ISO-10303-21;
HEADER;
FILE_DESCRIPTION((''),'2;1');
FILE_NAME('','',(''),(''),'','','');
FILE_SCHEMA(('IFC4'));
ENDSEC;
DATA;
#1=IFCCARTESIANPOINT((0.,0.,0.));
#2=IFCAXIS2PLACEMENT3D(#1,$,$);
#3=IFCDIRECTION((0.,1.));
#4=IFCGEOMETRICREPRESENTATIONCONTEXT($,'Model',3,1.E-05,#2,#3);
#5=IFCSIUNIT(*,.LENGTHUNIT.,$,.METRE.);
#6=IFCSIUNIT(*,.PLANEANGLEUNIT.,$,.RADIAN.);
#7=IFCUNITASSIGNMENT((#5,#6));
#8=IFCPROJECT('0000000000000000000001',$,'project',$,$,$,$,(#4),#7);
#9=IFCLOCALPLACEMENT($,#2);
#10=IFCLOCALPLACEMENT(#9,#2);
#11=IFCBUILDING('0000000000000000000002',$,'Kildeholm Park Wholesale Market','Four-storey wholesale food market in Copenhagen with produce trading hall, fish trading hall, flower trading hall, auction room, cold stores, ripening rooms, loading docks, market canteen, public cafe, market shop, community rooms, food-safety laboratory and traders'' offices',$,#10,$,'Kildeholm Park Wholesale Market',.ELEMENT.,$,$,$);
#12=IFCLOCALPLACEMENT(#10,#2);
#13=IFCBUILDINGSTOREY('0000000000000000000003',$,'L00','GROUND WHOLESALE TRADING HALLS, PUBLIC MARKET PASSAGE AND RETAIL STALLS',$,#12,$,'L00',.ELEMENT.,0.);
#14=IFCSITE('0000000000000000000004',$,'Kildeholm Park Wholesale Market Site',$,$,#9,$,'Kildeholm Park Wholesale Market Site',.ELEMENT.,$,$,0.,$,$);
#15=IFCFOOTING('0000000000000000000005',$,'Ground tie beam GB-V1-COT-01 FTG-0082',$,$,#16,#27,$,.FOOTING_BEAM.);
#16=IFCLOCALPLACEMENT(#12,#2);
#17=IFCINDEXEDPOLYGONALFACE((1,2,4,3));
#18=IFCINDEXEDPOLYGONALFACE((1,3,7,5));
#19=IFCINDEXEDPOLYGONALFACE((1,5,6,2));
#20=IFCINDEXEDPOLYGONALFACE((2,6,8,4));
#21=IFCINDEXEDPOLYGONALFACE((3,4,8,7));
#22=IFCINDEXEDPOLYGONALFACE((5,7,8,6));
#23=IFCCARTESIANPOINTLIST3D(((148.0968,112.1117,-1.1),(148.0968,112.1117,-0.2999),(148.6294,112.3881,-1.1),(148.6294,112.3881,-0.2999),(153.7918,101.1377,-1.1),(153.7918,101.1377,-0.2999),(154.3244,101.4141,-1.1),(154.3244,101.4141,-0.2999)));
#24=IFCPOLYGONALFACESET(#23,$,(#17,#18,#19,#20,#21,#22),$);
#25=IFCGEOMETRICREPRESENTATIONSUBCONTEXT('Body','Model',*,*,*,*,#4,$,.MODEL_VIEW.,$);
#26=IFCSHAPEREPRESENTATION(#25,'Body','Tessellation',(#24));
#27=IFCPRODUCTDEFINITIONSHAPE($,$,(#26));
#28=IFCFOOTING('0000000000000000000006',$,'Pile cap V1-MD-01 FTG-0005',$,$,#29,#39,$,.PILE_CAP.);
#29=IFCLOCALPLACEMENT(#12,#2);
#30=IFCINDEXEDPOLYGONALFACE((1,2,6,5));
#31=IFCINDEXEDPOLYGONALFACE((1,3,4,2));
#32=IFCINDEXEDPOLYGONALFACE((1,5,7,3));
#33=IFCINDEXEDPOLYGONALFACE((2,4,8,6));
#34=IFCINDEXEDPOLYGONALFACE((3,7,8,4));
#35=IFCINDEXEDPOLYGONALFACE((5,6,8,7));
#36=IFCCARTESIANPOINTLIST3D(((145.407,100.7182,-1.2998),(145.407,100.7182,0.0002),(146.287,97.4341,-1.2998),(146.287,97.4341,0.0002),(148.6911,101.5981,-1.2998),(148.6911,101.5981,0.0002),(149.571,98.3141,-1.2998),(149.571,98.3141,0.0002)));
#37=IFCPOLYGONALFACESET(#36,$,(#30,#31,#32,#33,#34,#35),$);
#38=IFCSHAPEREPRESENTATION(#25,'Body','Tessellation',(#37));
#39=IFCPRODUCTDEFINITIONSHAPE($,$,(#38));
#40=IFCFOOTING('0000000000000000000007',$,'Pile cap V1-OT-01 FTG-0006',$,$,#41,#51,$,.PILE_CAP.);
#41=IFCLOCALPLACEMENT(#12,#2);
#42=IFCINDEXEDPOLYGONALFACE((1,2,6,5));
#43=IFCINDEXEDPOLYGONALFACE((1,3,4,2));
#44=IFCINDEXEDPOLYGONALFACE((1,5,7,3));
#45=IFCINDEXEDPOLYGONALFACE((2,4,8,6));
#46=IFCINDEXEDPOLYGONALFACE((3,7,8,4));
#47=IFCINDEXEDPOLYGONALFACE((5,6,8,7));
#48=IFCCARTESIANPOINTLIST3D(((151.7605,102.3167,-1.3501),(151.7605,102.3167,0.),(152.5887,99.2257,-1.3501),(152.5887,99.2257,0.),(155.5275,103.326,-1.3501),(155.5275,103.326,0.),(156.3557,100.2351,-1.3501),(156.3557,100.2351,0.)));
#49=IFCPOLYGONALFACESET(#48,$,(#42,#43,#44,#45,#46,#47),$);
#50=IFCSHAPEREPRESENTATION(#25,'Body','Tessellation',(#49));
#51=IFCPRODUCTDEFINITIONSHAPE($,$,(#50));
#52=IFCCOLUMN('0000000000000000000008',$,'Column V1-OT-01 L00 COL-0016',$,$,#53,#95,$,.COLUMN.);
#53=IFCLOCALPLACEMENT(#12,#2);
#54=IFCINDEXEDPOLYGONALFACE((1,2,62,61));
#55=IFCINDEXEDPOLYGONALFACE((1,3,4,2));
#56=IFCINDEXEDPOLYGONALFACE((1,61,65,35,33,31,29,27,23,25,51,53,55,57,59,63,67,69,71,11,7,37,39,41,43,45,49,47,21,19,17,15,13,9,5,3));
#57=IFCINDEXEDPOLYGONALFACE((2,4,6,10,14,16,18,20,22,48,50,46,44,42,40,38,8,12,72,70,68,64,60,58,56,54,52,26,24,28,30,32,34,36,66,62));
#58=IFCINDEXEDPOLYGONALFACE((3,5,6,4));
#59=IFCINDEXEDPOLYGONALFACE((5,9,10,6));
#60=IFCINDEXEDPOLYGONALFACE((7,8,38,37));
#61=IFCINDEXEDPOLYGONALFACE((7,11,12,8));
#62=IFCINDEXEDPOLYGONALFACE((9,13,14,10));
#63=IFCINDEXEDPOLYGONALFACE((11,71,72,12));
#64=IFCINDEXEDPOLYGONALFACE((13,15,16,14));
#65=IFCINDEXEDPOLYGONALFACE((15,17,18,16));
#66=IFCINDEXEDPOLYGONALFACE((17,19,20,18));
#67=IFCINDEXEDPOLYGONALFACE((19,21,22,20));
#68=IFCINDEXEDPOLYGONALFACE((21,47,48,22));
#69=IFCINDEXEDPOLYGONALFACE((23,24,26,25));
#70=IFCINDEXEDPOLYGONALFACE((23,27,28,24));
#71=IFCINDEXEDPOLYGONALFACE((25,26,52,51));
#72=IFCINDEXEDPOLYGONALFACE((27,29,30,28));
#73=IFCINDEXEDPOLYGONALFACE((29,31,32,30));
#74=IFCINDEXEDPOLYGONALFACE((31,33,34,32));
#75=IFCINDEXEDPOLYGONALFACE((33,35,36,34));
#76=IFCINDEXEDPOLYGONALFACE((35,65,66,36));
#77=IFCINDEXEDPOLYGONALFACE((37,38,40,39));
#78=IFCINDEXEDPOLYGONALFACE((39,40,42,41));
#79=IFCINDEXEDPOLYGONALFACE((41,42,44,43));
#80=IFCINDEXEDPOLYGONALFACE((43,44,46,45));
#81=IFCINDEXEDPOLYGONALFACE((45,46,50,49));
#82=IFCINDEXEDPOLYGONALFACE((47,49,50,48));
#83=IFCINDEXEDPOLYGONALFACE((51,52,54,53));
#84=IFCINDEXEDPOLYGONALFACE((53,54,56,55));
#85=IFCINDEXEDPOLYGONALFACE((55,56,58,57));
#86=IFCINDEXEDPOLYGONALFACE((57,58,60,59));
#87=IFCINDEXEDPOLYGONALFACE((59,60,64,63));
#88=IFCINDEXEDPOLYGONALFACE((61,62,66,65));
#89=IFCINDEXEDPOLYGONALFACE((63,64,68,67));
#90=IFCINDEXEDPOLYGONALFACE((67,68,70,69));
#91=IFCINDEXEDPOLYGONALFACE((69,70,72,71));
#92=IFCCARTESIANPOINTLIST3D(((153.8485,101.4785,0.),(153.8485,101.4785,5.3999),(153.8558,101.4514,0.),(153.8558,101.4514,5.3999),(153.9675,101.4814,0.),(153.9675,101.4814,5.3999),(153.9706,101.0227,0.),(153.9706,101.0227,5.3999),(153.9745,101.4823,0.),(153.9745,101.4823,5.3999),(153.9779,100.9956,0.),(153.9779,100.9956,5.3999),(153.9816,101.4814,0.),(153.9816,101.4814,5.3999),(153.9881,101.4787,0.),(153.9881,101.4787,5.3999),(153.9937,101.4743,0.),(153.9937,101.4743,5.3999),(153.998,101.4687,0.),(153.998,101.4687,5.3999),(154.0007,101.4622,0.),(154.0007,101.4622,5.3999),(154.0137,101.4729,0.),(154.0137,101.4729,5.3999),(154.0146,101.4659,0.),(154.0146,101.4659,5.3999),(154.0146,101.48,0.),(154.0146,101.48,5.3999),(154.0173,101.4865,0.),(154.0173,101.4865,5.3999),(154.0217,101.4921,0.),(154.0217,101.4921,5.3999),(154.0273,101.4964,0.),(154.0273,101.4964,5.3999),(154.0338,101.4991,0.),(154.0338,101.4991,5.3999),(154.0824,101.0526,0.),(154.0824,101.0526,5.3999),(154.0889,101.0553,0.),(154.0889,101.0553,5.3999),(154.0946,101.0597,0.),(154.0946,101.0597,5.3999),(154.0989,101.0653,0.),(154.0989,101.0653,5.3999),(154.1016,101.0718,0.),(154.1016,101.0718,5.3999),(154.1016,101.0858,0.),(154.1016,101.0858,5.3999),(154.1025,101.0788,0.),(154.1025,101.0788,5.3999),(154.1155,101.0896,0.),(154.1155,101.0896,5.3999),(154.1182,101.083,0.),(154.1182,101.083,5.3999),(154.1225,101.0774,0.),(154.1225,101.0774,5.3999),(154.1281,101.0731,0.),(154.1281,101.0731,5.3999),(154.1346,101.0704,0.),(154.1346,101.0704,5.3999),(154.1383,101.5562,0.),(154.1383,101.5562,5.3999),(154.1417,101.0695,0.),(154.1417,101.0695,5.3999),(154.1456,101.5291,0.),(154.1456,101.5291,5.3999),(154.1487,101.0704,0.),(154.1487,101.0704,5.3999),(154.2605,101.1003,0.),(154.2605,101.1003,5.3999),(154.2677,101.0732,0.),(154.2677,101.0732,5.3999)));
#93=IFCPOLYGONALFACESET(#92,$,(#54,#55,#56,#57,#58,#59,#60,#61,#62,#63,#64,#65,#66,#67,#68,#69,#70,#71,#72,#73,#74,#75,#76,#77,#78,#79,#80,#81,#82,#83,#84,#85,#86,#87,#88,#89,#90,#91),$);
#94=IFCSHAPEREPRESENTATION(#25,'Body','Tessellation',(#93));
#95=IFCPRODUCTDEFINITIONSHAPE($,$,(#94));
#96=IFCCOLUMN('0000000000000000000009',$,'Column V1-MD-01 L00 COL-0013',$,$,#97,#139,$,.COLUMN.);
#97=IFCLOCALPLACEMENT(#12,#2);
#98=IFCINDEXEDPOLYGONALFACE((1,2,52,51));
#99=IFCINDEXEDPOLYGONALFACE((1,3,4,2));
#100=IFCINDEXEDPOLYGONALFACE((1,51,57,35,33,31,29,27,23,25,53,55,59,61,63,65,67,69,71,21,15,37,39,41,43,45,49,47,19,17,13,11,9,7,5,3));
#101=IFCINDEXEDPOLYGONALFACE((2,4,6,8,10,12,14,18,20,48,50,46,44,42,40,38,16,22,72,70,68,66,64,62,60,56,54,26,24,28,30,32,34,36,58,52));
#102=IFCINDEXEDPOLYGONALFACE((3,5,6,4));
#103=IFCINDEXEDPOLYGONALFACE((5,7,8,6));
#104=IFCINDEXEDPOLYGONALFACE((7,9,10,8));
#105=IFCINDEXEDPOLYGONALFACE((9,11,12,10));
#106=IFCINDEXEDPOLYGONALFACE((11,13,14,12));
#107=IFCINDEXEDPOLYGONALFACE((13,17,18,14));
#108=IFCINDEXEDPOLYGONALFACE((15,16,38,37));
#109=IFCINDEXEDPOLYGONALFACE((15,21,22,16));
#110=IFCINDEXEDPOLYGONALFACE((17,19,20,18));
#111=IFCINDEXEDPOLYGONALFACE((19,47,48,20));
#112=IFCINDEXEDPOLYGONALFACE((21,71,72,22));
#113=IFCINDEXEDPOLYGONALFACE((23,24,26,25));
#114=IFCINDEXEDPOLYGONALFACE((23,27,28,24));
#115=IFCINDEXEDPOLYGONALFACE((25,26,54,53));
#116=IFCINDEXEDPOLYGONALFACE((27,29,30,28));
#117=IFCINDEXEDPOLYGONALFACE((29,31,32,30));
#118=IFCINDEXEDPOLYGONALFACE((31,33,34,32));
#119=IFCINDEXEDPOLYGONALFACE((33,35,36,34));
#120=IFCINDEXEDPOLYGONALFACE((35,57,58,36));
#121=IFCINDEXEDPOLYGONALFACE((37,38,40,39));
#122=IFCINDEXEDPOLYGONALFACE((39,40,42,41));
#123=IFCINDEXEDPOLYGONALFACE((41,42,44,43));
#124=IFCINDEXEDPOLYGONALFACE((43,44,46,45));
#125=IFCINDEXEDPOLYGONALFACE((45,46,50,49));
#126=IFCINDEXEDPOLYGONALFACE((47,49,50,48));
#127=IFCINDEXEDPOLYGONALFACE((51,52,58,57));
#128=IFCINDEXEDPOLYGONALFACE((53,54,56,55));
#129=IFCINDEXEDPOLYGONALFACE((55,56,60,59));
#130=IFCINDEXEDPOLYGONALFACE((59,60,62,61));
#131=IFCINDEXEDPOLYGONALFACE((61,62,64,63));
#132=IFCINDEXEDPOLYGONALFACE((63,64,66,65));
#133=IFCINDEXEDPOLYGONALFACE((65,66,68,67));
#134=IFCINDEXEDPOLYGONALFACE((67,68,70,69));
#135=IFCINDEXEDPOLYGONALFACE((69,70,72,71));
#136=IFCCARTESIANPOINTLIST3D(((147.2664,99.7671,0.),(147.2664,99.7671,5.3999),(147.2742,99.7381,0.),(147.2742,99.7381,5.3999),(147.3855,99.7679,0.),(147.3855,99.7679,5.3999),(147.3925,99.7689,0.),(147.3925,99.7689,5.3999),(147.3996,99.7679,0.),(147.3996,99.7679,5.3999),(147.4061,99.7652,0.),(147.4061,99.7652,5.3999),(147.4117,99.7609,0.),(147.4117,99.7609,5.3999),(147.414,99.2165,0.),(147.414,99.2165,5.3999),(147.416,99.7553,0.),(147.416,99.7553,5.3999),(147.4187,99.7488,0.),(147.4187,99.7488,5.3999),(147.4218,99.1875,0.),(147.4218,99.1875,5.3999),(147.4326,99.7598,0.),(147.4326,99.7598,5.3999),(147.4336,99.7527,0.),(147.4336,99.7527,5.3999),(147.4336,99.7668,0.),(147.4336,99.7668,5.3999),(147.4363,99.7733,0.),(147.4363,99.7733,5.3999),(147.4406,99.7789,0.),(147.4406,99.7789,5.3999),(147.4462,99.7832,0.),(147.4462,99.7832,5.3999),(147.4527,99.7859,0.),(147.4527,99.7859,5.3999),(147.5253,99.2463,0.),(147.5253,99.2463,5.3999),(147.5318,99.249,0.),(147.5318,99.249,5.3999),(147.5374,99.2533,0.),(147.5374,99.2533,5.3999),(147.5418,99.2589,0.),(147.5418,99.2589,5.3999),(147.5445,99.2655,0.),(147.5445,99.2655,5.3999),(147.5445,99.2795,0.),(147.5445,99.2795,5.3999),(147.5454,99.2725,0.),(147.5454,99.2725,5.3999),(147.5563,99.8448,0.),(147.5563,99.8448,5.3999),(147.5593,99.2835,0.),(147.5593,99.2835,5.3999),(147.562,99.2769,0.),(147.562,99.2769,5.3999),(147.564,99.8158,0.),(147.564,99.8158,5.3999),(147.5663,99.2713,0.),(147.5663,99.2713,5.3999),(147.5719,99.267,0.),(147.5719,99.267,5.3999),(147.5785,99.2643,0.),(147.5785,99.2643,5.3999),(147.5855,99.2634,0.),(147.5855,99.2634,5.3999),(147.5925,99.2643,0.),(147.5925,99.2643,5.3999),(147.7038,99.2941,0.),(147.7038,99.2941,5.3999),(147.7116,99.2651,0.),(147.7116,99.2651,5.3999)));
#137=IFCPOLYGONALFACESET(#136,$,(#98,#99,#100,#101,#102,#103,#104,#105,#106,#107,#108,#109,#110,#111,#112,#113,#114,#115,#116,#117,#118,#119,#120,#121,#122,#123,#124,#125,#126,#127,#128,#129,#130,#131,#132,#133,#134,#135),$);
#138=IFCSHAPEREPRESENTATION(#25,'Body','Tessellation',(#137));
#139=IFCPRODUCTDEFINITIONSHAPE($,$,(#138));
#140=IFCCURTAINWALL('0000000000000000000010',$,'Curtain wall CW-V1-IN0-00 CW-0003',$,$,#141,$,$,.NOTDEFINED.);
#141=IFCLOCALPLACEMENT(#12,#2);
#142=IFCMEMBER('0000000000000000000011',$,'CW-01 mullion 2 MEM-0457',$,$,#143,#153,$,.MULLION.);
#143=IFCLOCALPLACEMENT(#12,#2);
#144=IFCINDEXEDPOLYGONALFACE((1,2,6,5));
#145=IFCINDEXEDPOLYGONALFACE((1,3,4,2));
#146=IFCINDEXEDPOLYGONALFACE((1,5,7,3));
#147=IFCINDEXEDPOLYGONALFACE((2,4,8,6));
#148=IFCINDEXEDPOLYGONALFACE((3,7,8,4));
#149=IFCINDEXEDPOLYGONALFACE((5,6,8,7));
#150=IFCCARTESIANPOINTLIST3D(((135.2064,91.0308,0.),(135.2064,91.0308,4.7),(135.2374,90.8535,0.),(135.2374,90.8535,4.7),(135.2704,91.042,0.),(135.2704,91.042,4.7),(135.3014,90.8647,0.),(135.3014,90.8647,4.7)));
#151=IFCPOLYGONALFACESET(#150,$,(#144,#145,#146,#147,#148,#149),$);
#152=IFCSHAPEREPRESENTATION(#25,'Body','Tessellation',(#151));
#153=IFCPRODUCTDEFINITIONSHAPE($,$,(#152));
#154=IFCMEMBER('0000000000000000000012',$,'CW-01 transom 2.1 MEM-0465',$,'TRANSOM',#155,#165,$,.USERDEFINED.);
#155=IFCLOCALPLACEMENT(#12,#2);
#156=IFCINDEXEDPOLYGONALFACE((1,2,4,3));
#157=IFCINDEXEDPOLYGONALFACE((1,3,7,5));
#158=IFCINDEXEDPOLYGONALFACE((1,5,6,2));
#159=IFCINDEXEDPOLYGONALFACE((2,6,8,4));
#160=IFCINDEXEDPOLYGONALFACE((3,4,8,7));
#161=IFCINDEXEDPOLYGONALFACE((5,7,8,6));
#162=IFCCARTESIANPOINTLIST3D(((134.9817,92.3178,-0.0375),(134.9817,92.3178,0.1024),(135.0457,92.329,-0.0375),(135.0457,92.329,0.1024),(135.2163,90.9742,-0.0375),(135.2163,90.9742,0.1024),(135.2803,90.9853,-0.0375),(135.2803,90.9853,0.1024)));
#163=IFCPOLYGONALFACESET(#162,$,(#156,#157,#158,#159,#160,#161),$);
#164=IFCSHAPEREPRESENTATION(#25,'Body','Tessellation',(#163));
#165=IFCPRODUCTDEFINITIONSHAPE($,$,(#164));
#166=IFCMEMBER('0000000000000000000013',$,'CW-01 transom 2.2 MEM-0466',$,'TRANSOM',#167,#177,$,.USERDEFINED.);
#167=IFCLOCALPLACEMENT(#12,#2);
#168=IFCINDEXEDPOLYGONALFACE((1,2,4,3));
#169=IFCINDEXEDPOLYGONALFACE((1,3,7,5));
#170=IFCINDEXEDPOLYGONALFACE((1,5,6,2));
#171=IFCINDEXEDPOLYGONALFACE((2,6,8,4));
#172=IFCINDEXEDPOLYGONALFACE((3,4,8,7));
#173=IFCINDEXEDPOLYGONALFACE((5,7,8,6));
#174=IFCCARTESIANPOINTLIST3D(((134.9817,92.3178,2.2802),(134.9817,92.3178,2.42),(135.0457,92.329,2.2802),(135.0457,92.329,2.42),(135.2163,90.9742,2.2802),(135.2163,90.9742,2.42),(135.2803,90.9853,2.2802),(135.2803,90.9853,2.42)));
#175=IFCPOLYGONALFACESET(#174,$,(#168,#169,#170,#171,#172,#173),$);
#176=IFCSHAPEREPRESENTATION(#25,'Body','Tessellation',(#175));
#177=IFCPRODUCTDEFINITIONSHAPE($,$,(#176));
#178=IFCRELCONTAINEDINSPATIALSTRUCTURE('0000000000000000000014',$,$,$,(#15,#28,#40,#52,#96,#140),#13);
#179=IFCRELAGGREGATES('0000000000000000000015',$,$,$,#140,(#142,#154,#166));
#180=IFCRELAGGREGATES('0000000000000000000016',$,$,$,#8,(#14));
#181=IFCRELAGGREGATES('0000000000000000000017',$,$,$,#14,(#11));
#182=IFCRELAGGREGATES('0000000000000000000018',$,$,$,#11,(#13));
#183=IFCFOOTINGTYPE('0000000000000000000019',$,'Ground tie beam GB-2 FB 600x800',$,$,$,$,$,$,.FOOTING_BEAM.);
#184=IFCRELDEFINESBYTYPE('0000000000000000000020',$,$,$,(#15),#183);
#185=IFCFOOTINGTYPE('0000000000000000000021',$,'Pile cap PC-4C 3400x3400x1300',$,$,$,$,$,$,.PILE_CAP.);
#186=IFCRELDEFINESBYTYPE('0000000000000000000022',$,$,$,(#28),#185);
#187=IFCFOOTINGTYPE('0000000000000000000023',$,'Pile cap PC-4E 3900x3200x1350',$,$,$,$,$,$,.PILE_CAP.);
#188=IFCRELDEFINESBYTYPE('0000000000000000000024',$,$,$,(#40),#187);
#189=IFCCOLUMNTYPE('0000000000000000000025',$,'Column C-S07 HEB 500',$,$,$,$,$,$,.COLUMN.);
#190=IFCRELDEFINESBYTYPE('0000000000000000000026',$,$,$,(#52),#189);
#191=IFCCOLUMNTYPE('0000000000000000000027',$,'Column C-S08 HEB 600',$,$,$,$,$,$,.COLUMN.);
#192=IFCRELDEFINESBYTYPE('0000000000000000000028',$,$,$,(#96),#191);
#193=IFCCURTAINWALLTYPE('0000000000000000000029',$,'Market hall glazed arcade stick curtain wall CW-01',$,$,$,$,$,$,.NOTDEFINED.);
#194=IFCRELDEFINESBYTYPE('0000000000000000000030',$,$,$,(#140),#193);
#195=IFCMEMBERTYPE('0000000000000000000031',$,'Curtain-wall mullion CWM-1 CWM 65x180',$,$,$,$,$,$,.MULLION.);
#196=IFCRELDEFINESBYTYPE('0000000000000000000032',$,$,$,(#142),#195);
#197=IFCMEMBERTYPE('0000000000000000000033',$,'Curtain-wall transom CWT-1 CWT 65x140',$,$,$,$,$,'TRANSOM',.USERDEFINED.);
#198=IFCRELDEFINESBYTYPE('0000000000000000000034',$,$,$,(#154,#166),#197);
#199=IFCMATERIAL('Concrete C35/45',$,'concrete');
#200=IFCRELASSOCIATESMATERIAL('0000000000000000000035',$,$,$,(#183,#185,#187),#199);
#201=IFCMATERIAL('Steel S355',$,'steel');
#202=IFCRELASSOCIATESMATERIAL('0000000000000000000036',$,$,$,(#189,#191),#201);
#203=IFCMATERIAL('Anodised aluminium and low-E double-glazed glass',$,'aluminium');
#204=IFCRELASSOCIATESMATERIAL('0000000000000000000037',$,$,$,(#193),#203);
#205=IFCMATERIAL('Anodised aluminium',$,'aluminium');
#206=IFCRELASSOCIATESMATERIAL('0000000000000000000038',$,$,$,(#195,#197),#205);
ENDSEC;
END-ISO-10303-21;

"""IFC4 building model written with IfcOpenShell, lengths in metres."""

from ifc_helpers import new_model, si_unit, direction, frame, origin, origin_2d, place, context, subcontext, project, spatial, rectangle, i_section, extrude, material, material_profile, profile_set, type_object, element, aggregate, save


model = new_model("IFC4")

# Units and contexts
model_context = context("Model", 3, precision=1e-05, world=origin(), true_north=direction((0.0, 1.0)))
body_context = subcontext(model_context, "Body", "Model", "MODEL_VIEW")
ifc_project = project(units=[si_unit("LENGTHUNIT", "METRE"), si_unit("PLANEANGLEUNIT", "RADIAN")], contexts=[model_context])

# Site, building, storey
site_placement = place(None, origin())
site = spatial("IfcSite", under=ifc_project, at=site_placement, Name="Kildeholm Park Wholesale Market Site", LongName="Kildeholm Park Wholesale Market Site", CompositionType="ELEMENT", RefElevation=0.0)
building_placement = place(site_placement, origin())
building = spatial("IfcBuilding", under=site, at=building_placement, Name="Kildeholm Park Wholesale Market", Description="Four-storey wholesale food market in Copenhagen with produce trading hall, fish trading hall, flower trading hall, auction room, cold stores, ripening rooms, loading docks, market canteen, public cafe, market shop, community rooms, food-safety laboratory and traders' offices", LongName="Kildeholm Park Wholesale Market", CompositionType="ELEMENT")
storey_placement = place(building_placement, origin())
storey = spatial("IfcBuildingStorey", under=building, at=storey_placement, Name="L00", Description="GROUND WHOLESALE TRADING HALLS, PUBLIC MARKET PASSAGE AND RETAIL STALLS", LongName="L00", CompositionType="ELEMENT", Elevation=0.0)

# Shared definitions
ifc_material_1 = material(Name="Concrete C35/45", Category="concrete")

# Footings
ifc_material_profile_1 = material_profile(ifc_material_1, rectangle(XDim=0.6001, YDim=0.8, at=origin_2d()), Name="FB 600x800")
ifc_profile_set_1 = profile_set([ifc_material_profile_1], Name="Concrete C35/45")
footing_type_1 = type_object("IfcFootingType", Name="Ground tie beam GB-2 FB 600x800", PredefinedType="FOOTING_BEAM", material=ifc_profile_set_1)
footing_1_placement = place(storey_placement, frame((154.0581, 101.2759, -0.7), z_axis=(-0.460622, 0.887596, 0.0), x_axis=(-0.887596, -0.460622, 0.0)))
element("IfcFooting", 1, at=footing_1_placement, inside=storey, type_object=footing_type_1, Name="Ground tie beam GB-V1-COT-01 FTG-0082", PredefinedType="FOOTING_BEAM", context=body_context, shape_type="SweptSolid", body=[
    extrude(rectangle(XDim=0.6001, YDim=0.8, at=origin_2d()), origin(), (0.0, 0.0, 1.0), 12.3638),
])
footing_type_2 = type_object("IfcFootingType", Name="Pile cap PC-4C 3400x3400x1300", PredefinedType="PILE_CAP", material=ifc_material_1)
footing_2_placement = place(storey_placement, frame((147.489, 99.5161, -1.2998), z_axis=(0.0, 0.0, 1.0), x_axis=(0.965926, 0.258819, 0.0)))
element("IfcFooting", 2, at=footing_2_placement, inside=storey, type_object=footing_type_2, Name="Pile cap V1-MD-01 FTG-0005", PredefinedType="PILE_CAP", context=body_context, shape_type="SweptSolid", body=[
    extrude(rectangle(XDim=3.3999, YDim=3.3999, at=origin_2d()), origin(), (0.0, 0.0, 1.0), 1.3),
])
footing_type_3 = type_object("IfcFootingType", Name="Pile cap PC-4E 3900x3200x1350", PredefinedType="PILE_CAP", material=ifc_material_1)
footing_3_placement = place(storey_placement, frame((154.0581, 101.2759, -1.3501), z_axis=(0.0, 0.0, 1.0), x_axis=(0.965926, 0.258819, 0.0)))
element("IfcFooting", 3, at=footing_3_placement, inside=storey, type_object=footing_type_3, Name="Pile cap V1-OT-01 FTG-0006", PredefinedType="PILE_CAP", context=body_context, shape_type="SweptSolid", body=[
    extrude(rectangle(XDim=3.8999, YDim=3.2, at=origin_2d()), origin(), (0.0, 0.0, 1.0), 1.3501),
])

# Columns
ifc_material_2 = material(Name="Steel S355", Category="steel")
ifc_material_profile_2 = material_profile(ifc_material_2, i_section(OverallWidth=0.3, OverallDepth=0.5, WebThickness=0.0144, FlangeThickness=0.0281, FilletRadius=0.0271, at=origin_2d()), Name="HEB 500")
ifc_profile_set_2 = profile_set([ifc_material_profile_2], Name="Steel S355")
column_type_1 = type_object("IfcColumnType", Name="Column C-S07 HEB 500", PredefinedType="COLUMN", material=ifc_profile_set_2)
column_1_placement = place(storey_placement, frame((154.0581, 101.2759, 0.0), z_axis=(0.0, 0.0, 1.0), x_axis=(0.965926, 0.258819, 0.0)))
element("IfcColumn", 4, at=column_1_placement, inside=storey, type_object=column_type_1, Name="Column V1-OT-01 L00 COL-0016", PredefinedType="COLUMN", context=body_context, shape_type="SweptSolid", body=[
    extrude(i_section(OverallWidth=0.3, OverallDepth=0.5, WebThickness=0.0144, FlangeThickness=0.0281, FilletRadius=0.0271, at=origin_2d()), origin(), (0.0, 0.0, 1.0), 5.3999),
])
ifc_material_profile_3 = material_profile(ifc_material_2, i_section(OverallWidth=0.3, OverallDepth=0.6001, WebThickness=0.0154, FlangeThickness=0.03, FilletRadius=0.0271, at=origin_2d()), Name="HEB 600")
ifc_profile_set_3 = profile_set([ifc_material_profile_3], Name="Steel S355")
column_type_2 = type_object("IfcColumnType", Name="Column C-S08 HEB 600", PredefinedType="COLUMN", material=ifc_profile_set_3)
column_2_placement = place(storey_placement, frame((147.489, 99.5161, 0.0), z_axis=(0.0, 0.0, 1.0), x_axis=(0.965926, 0.258819, 0.0)))
element("IfcColumn", 5, at=column_2_placement, inside=storey, type_object=column_type_2, Name="Column V1-MD-01 L00 COL-0013", PredefinedType="COLUMN", context=body_context, shape_type="SweptSolid", body=[
    extrude(i_section(OverallWidth=0.3, OverallDepth=0.6001, WebThickness=0.0154, FlangeThickness=0.03, FilletRadius=0.0271, at=origin_2d()), origin(), (0.0, 0.0, 1.0), 5.3999),
])

# Curtain wall, members
ifc_material_3 = material(Name="Anodised aluminium and low-E double-glazed glass", Category="aluminium")
curtain_wall_type = type_object("IfcCurtainWallType", Name="Market hall glazed arcade stick curtain wall CW-01", PredefinedType="NOTDEFINED", material=ifc_material_3)
curtain_wall_placement = place(storey_placement, origin())
curtain_wall = element("IfcCurtainWall", 6, at=curtain_wall_placement, inside=storey, type_object=curtain_wall_type, Name="Curtain wall CW-V1-IN0-00 CW-0003", PredefinedType="NOTDEFINED")
ifc_material_4 = material(Name="Anodised aluminium", Category="aluminium")
ifc_material_profile_4 = material_profile(ifc_material_4, rectangle(XDim=0.0649, YDim=0.1799, at=origin_2d()), Name="CWM 65x180")
ifc_profile_set_4 = profile_set([ifc_material_profile_4], Name="Anodised aluminium")
member_type_1 = type_object("IfcMemberType", Name="Curtain-wall mullion CWM-1 CWM 65x180", PredefinedType="MULLION", material=ifc_profile_set_4)
member_1_placement = place(storey_placement, frame((135.2539, 90.9478, 0.0), z_axis=(0.0, 0.0, 1.0), x_axis=(-0.985074, -0.172133, 0.0)))
member_1 = element("IfcMember", 7, at=member_1_placement, type_object=member_type_1, Name="CW-01 mullion 2 MEM-0457", PredefinedType="MULLION", context=body_context, shape_type="SweptSolid", body=[
    extrude(rectangle(XDim=0.0649, YDim=0.1799, at=origin_2d()), origin(), (0.0, 0.0, 1.0), 4.7),
])
ifc_material_profile_5 = material_profile(ifc_material_4, rectangle(XDim=0.0649, YDim=0.1399, at=origin_2d()), Name="CWT 65x140")
ifc_profile_set_5 = profile_set([ifc_material_profile_5], Name="Anodised aluminium")
member_type_2 = type_object("IfcMemberType", Name="Curtain-wall transom CWT-1 CWT 65x140", ElementType="TRANSOM", PredefinedType="USERDEFINED", material=ifc_profile_set_5)
member_2_placement = place(storey_placement, frame((135.2483, 90.9797, 0.0325), z_axis=(-0.171998, 0.985097, 0.0), x_axis=(-0.985097, -0.171998, 0.0)))
member_2 = element("IfcMember", 8, at=member_2_placement, type_object=member_type_2, Name="CW-01 transom 2.1 MEM-0465", ObjectType="TRANSOM", PredefinedType="USERDEFINED", context=body_context, shape_type="SweptSolid", body=[
    extrude(rectangle(XDim=0.0649, YDim=0.1399, at=origin_2d()), origin(), (0.0, 0.0, 1.0), 1.364),
])
member_3_placement = place(storey_placement, frame((135.2483, 90.9797, 2.3501), z_axis=(-0.171998, 0.985097, 0.0), x_axis=(-0.985097, -0.171998, 0.0)))
member_3 = element("IfcMember", 9, at=member_3_placement, type_object=member_type_2, Name="CW-01 transom 2.2 MEM-0466", ObjectType="TRANSOM", PredefinedType="USERDEFINED", context=body_context, shape_type="SweptSolid", body=[
    extrude(rectangle(XDim=0.0649, YDim=0.1399, at=origin_2d()), origin(), (0.0, 0.0, 1.0), 1.364),
])
aggregate(curtain_wall, [member_1, member_2, member_3])

save(model, "model.ifc")
